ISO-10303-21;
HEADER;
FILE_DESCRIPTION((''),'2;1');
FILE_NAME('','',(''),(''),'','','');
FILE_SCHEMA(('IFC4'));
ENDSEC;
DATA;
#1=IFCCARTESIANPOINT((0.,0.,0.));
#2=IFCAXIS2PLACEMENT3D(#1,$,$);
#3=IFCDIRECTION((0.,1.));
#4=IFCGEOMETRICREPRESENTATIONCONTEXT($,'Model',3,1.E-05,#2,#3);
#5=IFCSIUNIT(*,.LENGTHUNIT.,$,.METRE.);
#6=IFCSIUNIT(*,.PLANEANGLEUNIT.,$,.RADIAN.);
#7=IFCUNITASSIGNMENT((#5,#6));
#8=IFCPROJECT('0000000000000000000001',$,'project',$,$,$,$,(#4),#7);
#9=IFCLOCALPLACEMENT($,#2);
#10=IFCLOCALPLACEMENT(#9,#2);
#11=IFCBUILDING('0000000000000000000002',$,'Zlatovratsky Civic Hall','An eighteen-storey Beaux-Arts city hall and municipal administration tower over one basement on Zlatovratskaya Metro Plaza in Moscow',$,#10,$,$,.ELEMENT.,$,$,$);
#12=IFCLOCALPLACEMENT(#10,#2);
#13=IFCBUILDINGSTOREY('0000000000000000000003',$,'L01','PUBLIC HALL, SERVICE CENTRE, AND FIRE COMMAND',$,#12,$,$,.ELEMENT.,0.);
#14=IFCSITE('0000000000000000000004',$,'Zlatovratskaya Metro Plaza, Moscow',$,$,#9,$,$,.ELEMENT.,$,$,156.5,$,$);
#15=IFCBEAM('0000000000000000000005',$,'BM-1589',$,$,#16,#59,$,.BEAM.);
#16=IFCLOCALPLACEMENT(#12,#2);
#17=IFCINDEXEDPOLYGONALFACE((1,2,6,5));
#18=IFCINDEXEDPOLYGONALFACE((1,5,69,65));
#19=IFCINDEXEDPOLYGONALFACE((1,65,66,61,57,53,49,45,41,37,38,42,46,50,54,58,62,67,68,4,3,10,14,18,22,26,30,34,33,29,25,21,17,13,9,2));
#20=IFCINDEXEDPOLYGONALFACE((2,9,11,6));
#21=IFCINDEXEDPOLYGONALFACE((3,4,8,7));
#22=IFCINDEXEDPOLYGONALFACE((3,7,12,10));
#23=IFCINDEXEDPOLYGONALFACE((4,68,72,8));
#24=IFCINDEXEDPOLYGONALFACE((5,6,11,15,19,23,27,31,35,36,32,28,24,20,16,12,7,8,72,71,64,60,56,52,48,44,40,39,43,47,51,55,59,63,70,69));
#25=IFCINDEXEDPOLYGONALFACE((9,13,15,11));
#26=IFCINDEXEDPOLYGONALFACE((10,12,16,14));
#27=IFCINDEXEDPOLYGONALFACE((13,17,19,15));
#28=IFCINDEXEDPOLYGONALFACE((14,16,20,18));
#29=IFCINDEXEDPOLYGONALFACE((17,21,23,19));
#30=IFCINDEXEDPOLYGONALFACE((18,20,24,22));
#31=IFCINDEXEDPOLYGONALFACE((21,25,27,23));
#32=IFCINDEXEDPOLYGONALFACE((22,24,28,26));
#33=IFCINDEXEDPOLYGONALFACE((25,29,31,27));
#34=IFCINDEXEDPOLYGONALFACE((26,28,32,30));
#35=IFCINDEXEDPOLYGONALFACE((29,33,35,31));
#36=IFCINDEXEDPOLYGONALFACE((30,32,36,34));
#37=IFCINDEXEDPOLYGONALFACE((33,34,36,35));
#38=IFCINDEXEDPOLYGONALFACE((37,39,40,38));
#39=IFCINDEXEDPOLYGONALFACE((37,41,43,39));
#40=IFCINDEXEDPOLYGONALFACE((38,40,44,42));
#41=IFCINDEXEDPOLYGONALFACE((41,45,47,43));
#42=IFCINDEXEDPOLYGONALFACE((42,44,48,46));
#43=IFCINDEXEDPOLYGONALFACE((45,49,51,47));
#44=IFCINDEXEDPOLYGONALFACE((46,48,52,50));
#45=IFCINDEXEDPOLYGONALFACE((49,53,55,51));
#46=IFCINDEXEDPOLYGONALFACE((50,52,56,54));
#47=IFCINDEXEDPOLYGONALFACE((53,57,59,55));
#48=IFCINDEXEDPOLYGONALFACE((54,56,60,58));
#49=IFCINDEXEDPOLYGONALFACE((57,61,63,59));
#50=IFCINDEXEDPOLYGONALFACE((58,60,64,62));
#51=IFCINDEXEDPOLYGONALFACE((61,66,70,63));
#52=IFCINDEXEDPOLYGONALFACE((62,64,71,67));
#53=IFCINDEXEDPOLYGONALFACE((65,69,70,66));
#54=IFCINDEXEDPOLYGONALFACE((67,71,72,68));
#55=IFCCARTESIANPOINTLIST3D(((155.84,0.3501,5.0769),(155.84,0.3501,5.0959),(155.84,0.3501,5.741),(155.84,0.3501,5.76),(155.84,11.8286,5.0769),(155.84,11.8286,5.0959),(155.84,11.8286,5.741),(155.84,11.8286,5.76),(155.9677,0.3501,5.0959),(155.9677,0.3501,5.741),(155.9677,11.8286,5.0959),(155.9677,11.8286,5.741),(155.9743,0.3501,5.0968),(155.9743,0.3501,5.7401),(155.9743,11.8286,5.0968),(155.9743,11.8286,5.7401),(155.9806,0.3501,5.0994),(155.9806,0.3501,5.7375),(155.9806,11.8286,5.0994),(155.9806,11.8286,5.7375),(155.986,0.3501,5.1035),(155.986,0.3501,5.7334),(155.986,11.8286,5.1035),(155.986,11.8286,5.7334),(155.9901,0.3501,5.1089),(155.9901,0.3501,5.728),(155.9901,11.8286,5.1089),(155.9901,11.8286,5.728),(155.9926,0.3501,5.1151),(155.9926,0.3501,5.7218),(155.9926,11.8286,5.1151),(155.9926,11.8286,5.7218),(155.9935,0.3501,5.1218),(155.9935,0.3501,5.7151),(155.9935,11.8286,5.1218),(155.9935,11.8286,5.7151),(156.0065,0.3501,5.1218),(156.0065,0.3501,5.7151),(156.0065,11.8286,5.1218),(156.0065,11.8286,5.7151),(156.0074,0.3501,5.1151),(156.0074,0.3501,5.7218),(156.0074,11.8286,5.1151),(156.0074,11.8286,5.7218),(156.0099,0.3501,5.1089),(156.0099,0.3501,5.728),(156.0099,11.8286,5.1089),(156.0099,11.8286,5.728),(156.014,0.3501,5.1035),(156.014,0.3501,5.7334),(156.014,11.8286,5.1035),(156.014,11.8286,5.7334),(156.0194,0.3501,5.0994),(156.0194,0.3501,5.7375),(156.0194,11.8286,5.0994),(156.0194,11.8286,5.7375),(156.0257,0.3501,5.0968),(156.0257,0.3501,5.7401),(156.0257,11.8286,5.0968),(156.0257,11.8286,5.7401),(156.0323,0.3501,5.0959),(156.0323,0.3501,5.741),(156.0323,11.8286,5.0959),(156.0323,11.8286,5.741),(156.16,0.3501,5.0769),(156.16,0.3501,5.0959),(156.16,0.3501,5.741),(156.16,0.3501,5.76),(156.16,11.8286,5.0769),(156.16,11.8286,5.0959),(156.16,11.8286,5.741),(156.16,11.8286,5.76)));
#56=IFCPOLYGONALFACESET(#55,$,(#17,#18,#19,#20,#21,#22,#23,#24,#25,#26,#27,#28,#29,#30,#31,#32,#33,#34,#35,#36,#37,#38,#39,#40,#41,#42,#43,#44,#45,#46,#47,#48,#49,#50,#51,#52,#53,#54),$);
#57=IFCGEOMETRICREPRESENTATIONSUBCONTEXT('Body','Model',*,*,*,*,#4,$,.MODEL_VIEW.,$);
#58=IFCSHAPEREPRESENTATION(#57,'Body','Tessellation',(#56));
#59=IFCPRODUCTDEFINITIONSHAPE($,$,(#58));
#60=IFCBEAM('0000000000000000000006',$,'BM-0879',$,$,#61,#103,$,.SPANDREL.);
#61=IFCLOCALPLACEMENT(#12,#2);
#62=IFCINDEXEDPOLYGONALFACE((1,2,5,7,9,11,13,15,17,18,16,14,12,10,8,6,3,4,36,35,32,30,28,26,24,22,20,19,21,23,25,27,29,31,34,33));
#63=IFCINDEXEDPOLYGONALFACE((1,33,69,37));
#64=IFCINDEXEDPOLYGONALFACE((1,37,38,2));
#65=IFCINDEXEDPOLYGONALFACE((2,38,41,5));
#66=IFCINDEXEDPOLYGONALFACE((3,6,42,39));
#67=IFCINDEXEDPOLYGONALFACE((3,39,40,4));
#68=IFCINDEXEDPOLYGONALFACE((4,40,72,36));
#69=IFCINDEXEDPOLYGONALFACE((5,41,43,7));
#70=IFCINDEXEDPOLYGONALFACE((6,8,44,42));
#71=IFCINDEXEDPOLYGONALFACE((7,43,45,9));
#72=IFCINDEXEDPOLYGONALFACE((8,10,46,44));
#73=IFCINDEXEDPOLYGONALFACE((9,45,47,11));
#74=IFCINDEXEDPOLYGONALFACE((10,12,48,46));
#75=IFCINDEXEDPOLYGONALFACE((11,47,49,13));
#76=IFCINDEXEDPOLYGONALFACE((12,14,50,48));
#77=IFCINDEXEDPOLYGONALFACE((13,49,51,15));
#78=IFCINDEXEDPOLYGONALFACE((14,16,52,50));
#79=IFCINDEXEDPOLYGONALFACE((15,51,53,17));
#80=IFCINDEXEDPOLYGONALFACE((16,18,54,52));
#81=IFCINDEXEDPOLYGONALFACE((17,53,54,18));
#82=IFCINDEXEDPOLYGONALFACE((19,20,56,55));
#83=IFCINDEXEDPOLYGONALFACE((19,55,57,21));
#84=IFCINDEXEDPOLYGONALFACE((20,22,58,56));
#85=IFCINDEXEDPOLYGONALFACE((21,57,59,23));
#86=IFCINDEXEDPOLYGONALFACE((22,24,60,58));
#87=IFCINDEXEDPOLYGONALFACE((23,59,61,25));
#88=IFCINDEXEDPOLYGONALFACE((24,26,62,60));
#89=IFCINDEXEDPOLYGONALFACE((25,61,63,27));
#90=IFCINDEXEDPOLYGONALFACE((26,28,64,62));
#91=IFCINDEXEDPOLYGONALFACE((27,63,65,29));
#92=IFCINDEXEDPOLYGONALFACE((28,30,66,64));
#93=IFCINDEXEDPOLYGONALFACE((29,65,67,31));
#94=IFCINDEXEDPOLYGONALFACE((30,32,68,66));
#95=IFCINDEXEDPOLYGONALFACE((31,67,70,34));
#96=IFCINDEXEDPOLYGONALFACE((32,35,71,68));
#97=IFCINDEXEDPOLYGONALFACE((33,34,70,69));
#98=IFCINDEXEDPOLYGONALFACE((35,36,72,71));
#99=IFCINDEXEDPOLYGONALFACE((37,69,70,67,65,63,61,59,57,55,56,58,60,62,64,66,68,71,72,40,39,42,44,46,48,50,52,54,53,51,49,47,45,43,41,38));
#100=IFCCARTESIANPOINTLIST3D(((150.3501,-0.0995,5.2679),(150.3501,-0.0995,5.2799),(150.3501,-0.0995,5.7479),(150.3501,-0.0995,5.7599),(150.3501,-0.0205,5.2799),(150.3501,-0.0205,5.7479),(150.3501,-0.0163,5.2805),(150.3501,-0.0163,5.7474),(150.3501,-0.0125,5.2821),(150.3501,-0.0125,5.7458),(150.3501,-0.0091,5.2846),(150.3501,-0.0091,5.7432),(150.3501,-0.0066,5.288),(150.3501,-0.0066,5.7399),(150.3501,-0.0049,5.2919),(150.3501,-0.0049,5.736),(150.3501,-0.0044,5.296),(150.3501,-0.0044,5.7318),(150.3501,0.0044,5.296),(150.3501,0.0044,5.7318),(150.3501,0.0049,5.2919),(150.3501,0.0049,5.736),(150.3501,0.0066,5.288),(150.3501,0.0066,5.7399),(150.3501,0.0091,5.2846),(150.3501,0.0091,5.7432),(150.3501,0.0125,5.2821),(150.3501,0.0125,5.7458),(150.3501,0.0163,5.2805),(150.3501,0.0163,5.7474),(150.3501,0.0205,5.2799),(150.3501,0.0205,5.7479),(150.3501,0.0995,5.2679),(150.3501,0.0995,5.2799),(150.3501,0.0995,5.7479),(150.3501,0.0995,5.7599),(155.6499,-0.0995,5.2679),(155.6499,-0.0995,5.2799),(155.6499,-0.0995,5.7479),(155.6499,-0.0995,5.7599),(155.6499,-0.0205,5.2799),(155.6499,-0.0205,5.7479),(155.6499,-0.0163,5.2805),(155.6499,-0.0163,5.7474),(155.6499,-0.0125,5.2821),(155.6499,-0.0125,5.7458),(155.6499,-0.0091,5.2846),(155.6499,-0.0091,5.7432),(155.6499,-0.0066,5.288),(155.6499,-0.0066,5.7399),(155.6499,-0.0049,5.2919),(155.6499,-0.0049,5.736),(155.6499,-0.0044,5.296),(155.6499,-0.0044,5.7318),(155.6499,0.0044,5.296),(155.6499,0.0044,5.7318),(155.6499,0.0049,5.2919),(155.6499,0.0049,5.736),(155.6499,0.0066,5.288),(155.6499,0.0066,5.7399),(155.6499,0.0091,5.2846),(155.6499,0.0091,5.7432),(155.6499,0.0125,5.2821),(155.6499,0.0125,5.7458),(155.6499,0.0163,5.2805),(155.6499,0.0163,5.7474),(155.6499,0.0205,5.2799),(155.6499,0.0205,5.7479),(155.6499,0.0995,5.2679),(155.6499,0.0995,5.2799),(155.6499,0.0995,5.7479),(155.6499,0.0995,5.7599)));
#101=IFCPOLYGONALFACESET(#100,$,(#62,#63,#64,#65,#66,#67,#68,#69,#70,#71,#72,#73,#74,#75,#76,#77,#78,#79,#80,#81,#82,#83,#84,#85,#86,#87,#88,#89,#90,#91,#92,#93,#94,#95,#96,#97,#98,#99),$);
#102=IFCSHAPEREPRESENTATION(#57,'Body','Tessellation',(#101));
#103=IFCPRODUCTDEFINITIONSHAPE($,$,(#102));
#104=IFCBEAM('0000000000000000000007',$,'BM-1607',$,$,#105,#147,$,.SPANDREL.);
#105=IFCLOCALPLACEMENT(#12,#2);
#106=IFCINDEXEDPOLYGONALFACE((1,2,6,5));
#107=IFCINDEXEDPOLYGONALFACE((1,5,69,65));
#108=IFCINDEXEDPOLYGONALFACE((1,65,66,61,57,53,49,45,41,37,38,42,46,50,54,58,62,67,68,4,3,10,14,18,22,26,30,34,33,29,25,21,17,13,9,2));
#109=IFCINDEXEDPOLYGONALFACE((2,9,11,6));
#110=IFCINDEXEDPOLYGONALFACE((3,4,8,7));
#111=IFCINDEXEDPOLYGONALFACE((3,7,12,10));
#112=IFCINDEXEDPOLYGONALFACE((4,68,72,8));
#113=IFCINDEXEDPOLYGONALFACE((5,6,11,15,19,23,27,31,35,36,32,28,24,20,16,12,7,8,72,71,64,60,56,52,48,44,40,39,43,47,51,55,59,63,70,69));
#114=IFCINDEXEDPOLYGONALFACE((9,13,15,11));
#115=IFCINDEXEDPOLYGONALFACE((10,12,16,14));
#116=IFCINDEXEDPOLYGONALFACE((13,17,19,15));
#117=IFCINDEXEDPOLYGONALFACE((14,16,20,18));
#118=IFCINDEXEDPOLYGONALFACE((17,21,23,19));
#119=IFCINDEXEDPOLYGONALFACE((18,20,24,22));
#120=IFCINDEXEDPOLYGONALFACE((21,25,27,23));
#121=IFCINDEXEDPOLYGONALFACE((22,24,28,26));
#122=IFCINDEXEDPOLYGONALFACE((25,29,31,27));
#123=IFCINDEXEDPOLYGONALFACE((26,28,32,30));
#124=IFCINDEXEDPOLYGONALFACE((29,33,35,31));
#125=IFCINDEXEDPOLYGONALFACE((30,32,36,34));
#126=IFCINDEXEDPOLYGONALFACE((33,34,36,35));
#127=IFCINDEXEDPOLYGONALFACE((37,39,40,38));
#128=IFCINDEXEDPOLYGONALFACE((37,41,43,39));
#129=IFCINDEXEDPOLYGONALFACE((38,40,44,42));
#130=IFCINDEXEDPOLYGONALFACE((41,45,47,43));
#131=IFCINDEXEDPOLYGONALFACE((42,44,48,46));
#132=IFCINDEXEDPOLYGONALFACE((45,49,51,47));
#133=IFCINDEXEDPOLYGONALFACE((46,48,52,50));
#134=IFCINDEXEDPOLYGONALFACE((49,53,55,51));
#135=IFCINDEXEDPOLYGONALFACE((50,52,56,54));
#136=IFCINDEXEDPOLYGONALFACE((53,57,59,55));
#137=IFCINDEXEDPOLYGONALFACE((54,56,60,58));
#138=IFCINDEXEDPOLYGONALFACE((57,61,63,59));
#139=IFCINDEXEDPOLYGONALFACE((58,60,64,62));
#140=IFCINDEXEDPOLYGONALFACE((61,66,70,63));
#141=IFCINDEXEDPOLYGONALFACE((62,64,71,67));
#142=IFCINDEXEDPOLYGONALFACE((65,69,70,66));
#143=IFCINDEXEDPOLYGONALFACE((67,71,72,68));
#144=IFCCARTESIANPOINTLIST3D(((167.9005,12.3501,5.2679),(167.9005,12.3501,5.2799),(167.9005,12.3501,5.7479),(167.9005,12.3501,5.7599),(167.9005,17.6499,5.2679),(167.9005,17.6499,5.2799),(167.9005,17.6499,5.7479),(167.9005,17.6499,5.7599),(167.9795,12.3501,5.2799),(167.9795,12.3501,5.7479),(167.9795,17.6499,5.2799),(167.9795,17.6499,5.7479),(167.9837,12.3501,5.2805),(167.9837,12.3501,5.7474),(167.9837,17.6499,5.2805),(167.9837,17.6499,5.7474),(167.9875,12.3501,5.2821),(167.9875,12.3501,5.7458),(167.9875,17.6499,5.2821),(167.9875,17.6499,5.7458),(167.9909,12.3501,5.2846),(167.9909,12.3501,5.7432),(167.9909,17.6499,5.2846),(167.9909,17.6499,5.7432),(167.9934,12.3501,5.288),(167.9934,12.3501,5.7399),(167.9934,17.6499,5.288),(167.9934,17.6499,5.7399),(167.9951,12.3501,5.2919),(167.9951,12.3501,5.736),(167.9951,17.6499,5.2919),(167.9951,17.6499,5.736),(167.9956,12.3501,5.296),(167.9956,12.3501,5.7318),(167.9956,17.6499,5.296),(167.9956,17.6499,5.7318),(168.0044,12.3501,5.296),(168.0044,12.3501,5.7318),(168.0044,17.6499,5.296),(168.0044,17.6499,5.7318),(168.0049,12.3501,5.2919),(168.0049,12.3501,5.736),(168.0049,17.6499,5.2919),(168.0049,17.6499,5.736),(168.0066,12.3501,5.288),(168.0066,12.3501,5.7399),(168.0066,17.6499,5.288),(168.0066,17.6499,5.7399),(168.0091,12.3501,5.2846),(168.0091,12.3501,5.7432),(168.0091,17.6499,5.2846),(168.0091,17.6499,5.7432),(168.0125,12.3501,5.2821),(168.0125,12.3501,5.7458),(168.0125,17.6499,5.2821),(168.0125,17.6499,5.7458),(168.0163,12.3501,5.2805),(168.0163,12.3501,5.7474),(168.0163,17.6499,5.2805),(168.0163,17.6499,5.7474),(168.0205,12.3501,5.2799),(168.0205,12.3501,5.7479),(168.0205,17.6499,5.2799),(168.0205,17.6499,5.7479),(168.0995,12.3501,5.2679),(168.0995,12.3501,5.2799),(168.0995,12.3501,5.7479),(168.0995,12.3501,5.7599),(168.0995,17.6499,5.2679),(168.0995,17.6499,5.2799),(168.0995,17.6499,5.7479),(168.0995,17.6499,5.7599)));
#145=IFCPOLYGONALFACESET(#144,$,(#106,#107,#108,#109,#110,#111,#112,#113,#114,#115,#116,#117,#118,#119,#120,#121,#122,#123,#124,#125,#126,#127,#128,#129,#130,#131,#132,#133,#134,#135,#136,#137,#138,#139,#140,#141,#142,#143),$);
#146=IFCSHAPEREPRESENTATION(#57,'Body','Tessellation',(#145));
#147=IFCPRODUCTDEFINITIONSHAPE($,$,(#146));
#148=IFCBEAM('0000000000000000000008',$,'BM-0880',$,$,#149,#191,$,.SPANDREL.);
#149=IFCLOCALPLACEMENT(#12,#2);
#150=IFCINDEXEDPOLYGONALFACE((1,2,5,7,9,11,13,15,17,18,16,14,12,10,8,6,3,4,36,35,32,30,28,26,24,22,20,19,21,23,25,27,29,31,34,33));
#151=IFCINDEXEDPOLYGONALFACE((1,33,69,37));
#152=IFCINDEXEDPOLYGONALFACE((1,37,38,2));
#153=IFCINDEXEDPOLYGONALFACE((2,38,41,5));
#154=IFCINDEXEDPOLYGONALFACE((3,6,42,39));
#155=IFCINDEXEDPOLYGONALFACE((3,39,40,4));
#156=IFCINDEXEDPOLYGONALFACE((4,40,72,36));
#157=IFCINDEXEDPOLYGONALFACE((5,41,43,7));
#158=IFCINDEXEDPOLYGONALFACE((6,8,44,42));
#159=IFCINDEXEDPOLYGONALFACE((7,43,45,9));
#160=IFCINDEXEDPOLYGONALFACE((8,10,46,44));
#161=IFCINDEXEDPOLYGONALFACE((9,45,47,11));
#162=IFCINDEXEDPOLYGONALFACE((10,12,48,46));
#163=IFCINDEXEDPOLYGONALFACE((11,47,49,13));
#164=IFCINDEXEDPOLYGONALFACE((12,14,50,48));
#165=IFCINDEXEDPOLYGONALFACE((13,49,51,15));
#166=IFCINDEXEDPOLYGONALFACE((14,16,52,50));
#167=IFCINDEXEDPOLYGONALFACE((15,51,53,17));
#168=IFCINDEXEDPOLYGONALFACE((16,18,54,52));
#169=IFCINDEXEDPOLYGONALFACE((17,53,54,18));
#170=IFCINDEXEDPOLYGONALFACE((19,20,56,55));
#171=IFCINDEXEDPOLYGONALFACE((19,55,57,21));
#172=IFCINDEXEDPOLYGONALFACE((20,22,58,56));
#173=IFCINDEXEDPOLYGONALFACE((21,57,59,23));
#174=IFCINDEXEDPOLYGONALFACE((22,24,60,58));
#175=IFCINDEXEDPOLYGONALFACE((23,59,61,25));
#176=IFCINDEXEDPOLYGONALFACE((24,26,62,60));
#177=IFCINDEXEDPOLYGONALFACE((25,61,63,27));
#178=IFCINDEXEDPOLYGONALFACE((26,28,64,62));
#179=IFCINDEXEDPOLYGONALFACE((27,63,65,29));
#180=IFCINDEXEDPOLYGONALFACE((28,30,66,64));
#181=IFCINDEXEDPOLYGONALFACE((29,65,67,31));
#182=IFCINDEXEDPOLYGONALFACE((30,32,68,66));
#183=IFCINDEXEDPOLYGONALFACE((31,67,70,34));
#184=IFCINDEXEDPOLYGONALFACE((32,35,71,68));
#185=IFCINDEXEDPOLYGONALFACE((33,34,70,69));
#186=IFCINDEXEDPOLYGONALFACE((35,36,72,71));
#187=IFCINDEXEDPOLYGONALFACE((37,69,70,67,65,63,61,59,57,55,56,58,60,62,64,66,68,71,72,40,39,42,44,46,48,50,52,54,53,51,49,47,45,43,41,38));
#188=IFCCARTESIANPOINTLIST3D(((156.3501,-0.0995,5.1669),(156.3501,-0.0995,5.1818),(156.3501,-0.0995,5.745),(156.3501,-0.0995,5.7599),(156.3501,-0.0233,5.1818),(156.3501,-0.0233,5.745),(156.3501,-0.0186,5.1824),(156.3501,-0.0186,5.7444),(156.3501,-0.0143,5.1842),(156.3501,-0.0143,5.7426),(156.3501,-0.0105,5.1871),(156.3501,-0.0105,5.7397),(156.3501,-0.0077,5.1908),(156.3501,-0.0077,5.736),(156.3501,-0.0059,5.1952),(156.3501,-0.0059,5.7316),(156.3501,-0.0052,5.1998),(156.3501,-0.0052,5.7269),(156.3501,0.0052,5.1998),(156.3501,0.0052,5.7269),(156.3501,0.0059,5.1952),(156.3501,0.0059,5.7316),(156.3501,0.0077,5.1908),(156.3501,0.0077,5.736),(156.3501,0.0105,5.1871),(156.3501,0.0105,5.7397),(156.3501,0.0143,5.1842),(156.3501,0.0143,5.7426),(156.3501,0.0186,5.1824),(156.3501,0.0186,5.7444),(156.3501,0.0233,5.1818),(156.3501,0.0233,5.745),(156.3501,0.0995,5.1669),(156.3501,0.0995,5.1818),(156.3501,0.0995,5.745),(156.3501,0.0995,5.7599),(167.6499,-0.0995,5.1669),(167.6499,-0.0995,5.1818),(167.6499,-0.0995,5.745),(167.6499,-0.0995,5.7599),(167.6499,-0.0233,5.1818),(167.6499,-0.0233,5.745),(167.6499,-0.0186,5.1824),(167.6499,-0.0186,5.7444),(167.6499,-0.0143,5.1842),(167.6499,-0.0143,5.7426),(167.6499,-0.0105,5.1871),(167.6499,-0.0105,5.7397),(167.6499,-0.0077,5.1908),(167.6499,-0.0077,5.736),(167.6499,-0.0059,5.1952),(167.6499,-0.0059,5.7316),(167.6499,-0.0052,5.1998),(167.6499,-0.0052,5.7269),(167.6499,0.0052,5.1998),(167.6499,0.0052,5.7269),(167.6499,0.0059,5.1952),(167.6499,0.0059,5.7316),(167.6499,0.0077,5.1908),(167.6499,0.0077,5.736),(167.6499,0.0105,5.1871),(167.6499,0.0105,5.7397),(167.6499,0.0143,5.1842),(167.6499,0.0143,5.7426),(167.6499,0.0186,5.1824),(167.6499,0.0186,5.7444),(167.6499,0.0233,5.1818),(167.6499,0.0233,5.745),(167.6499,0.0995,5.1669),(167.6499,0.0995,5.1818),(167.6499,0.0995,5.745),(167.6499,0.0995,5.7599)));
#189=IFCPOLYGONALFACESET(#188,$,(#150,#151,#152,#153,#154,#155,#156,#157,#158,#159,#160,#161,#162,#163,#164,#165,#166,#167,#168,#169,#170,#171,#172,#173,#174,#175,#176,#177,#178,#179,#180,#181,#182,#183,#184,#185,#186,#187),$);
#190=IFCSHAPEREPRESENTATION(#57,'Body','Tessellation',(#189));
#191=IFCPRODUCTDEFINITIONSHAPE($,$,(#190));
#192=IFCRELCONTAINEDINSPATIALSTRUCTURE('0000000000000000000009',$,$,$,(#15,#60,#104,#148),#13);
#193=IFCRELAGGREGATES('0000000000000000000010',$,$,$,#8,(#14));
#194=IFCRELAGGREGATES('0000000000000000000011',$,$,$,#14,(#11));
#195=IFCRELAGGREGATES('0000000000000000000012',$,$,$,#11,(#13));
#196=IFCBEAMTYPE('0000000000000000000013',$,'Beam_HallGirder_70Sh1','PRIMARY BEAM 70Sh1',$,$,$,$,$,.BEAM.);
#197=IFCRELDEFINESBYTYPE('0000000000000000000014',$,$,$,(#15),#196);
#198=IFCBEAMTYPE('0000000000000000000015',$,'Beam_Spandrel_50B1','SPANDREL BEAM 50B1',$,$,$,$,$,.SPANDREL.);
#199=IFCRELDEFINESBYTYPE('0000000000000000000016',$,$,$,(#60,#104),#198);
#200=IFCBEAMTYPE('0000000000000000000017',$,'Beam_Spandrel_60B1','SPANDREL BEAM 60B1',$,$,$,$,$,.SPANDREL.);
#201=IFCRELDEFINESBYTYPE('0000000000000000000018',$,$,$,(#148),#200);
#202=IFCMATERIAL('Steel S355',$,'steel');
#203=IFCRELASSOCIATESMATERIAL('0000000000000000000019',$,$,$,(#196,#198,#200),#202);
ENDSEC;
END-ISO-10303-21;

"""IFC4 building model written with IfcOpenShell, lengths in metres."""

from ifc_helpers import new_model, si_unit, direction, frame, origin, origin_2d, place, context, subcontext, project, spatial, i_section, extrude, material, material_profile, profile_set, type_object, element, save


model = new_model("IFC4")

# Units and contexts
model_context = context("Model", 3, precision=1e-05, world=origin(), true_north=direction((0.0, 1.0)))
body_context = subcontext(model_context, "Body", "Model", "MODEL_VIEW")
ifc_project = project(units=[si_unit("LENGTHUNIT", "METRE"), si_unit("PLANEANGLEUNIT", "RADIAN")], contexts=[model_context])

# Site, building, storey
site_placement = place(None, origin())
site = spatial("IfcSite", under=ifc_project, at=site_placement, Name="Zlatovratskaya Metro Plaza, Moscow", CompositionType="ELEMENT", RefElevation=156.5)
building_placement = place(site_placement, origin())
building = spatial("IfcBuilding", under=site, at=building_placement, Name="Zlatovratsky Civic Hall", Description="An eighteen-storey Beaux-Arts city hall and municipal administration tower over one basement on Zlatovratskaya Metro Plaza in Moscow", CompositionType="ELEMENT")
storey_placement = place(building_placement, origin())
storey = spatial("IfcBuildingStorey", under=building, at=storey_placement, Name="L01", Description="PUBLIC HALL, SERVICE CENTRE, AND FIRE COMMAND", CompositionType="ELEMENT", Elevation=0.0)

# Shared definitions
ifc_material_1 = material(Name="Steel S355", Category="steel")

# Beams
ifc_material_profile_1 = material_profile(ifc_material_1, i_section(OverallWidth=0.3201, OverallDepth=0.6831, WebThickness=0.0129, FlangeThickness=0.019, FilletRadius=0.0259, at=origin_2d()), Name="70Sh1")
ifc_profile_set_1 = profile_set([ifc_material_profile_1], Name="Steel S355")
beam_type_1 = type_object("IfcBeamType", Name="Beam_HallGirder_70Sh1", Description="PRIMARY BEAM 70Sh1", PredefinedType="BEAM", material=ifc_profile_set_1)
beam_1_placement = place(storey_placement, frame((156.0, 0.3501, 5.4185), z_axis=(0.0, 1.0, 0.0), x_axis=(-1.0, 0.0, 0.0)))
element("IfcBeam", 1, at=beam_1_placement, inside=storey, type_object=beam_type_1, Name="BM-1589", PredefinedType="BEAM", context=body_context, shape_type="SweptSolid", body=[
    extrude(i_section(OverallWidth=0.3201, OverallDepth=0.6831, WebThickness=0.0129, FlangeThickness=0.019, FilletRadius=0.0259, at=origin_2d()), origin(), (0.0, 0.0, 1.0), 11.4785),
])
ifc_material_profile_2 = material_profile(ifc_material_1, i_section(OverallWidth=0.199, OverallDepth=0.4919, WebThickness=0.0088, FlangeThickness=0.012, FilletRadius=0.0161, at=origin_2d()), Name="50B1")
ifc_profile_set_2 = profile_set([ifc_material_profile_2], Name="Steel S355")
beam_type_2 = type_object("IfcBeamType", Name="Beam_Spandrel_50B1", Description="SPANDREL BEAM 50B1", PredefinedType="SPANDREL", material=ifc_profile_set_2)
for number, where, z_axis, x_axis, name in (
    (2, (150.3501, 0.0, 5.5139), (1.0, 0.0, 0.0), (0.0, 1.0, 0.0), "BM-0879"),
    (3, (168.0, 12.3501, 5.5139), (0.0, 1.0, 0.0), (-1.0, 0.0, 0.0), "BM-1607"),
):
    element("IfcBeam", number, at=place(storey_placement, frame(where, z_axis=z_axis, x_axis=x_axis)), inside=storey, type_object=beam_type_2, Name=name, PredefinedType="SPANDREL", context=body_context, shape_type="SweptSolid", body=[
        extrude(i_section(OverallWidth=0.199, OverallDepth=0.4919, WebThickness=0.0088, FlangeThickness=0.012, FilletRadius=0.0161, at=origin_2d()), origin(), (0.0, 0.0, 1.0), 5.2998),
    ])
ifc_material_profile_3 = material_profile(ifc_material_1, i_section(OverallWidth=0.199, OverallDepth=0.593, WebThickness=0.0105, FlangeThickness=0.0149, FilletRadius=0.0181, at=origin_2d()), Name="60B1")
ifc_profile_set_3 = profile_set([ifc_material_profile_3], Name="Steel S355")
beam_type_3 = type_object("IfcBeamType", Name="Beam_Spandrel_60B1", Description="SPANDREL BEAM 60B1", PredefinedType="SPANDREL", material=ifc_profile_set_3)
for number, where, z_axis, x_axis, name in (
    (4, (156.3501, 0.0, 5.4634), (1.0, 0.0, 0.0), (0.0, 1.0, 0.0), "BM-0880"),
):
    element("IfcBeam", number, at=place(storey_placement, frame(where, z_axis=z_axis, x_axis=x_axis)), inside=storey, type_object=beam_type_3, Name=name, PredefinedType="SPANDREL", context=body_context, shape_type="SweptSolid", body=[
        extrude(i_section(OverallWidth=0.199, OverallDepth=0.593, WebThickness=0.0105, FlangeThickness=0.0149, FilletRadius=0.0181, at=origin_2d()), origin(), (0.0, 0.0, 1.0), 11.2998),
    ])

save(model, "model.ifc")
